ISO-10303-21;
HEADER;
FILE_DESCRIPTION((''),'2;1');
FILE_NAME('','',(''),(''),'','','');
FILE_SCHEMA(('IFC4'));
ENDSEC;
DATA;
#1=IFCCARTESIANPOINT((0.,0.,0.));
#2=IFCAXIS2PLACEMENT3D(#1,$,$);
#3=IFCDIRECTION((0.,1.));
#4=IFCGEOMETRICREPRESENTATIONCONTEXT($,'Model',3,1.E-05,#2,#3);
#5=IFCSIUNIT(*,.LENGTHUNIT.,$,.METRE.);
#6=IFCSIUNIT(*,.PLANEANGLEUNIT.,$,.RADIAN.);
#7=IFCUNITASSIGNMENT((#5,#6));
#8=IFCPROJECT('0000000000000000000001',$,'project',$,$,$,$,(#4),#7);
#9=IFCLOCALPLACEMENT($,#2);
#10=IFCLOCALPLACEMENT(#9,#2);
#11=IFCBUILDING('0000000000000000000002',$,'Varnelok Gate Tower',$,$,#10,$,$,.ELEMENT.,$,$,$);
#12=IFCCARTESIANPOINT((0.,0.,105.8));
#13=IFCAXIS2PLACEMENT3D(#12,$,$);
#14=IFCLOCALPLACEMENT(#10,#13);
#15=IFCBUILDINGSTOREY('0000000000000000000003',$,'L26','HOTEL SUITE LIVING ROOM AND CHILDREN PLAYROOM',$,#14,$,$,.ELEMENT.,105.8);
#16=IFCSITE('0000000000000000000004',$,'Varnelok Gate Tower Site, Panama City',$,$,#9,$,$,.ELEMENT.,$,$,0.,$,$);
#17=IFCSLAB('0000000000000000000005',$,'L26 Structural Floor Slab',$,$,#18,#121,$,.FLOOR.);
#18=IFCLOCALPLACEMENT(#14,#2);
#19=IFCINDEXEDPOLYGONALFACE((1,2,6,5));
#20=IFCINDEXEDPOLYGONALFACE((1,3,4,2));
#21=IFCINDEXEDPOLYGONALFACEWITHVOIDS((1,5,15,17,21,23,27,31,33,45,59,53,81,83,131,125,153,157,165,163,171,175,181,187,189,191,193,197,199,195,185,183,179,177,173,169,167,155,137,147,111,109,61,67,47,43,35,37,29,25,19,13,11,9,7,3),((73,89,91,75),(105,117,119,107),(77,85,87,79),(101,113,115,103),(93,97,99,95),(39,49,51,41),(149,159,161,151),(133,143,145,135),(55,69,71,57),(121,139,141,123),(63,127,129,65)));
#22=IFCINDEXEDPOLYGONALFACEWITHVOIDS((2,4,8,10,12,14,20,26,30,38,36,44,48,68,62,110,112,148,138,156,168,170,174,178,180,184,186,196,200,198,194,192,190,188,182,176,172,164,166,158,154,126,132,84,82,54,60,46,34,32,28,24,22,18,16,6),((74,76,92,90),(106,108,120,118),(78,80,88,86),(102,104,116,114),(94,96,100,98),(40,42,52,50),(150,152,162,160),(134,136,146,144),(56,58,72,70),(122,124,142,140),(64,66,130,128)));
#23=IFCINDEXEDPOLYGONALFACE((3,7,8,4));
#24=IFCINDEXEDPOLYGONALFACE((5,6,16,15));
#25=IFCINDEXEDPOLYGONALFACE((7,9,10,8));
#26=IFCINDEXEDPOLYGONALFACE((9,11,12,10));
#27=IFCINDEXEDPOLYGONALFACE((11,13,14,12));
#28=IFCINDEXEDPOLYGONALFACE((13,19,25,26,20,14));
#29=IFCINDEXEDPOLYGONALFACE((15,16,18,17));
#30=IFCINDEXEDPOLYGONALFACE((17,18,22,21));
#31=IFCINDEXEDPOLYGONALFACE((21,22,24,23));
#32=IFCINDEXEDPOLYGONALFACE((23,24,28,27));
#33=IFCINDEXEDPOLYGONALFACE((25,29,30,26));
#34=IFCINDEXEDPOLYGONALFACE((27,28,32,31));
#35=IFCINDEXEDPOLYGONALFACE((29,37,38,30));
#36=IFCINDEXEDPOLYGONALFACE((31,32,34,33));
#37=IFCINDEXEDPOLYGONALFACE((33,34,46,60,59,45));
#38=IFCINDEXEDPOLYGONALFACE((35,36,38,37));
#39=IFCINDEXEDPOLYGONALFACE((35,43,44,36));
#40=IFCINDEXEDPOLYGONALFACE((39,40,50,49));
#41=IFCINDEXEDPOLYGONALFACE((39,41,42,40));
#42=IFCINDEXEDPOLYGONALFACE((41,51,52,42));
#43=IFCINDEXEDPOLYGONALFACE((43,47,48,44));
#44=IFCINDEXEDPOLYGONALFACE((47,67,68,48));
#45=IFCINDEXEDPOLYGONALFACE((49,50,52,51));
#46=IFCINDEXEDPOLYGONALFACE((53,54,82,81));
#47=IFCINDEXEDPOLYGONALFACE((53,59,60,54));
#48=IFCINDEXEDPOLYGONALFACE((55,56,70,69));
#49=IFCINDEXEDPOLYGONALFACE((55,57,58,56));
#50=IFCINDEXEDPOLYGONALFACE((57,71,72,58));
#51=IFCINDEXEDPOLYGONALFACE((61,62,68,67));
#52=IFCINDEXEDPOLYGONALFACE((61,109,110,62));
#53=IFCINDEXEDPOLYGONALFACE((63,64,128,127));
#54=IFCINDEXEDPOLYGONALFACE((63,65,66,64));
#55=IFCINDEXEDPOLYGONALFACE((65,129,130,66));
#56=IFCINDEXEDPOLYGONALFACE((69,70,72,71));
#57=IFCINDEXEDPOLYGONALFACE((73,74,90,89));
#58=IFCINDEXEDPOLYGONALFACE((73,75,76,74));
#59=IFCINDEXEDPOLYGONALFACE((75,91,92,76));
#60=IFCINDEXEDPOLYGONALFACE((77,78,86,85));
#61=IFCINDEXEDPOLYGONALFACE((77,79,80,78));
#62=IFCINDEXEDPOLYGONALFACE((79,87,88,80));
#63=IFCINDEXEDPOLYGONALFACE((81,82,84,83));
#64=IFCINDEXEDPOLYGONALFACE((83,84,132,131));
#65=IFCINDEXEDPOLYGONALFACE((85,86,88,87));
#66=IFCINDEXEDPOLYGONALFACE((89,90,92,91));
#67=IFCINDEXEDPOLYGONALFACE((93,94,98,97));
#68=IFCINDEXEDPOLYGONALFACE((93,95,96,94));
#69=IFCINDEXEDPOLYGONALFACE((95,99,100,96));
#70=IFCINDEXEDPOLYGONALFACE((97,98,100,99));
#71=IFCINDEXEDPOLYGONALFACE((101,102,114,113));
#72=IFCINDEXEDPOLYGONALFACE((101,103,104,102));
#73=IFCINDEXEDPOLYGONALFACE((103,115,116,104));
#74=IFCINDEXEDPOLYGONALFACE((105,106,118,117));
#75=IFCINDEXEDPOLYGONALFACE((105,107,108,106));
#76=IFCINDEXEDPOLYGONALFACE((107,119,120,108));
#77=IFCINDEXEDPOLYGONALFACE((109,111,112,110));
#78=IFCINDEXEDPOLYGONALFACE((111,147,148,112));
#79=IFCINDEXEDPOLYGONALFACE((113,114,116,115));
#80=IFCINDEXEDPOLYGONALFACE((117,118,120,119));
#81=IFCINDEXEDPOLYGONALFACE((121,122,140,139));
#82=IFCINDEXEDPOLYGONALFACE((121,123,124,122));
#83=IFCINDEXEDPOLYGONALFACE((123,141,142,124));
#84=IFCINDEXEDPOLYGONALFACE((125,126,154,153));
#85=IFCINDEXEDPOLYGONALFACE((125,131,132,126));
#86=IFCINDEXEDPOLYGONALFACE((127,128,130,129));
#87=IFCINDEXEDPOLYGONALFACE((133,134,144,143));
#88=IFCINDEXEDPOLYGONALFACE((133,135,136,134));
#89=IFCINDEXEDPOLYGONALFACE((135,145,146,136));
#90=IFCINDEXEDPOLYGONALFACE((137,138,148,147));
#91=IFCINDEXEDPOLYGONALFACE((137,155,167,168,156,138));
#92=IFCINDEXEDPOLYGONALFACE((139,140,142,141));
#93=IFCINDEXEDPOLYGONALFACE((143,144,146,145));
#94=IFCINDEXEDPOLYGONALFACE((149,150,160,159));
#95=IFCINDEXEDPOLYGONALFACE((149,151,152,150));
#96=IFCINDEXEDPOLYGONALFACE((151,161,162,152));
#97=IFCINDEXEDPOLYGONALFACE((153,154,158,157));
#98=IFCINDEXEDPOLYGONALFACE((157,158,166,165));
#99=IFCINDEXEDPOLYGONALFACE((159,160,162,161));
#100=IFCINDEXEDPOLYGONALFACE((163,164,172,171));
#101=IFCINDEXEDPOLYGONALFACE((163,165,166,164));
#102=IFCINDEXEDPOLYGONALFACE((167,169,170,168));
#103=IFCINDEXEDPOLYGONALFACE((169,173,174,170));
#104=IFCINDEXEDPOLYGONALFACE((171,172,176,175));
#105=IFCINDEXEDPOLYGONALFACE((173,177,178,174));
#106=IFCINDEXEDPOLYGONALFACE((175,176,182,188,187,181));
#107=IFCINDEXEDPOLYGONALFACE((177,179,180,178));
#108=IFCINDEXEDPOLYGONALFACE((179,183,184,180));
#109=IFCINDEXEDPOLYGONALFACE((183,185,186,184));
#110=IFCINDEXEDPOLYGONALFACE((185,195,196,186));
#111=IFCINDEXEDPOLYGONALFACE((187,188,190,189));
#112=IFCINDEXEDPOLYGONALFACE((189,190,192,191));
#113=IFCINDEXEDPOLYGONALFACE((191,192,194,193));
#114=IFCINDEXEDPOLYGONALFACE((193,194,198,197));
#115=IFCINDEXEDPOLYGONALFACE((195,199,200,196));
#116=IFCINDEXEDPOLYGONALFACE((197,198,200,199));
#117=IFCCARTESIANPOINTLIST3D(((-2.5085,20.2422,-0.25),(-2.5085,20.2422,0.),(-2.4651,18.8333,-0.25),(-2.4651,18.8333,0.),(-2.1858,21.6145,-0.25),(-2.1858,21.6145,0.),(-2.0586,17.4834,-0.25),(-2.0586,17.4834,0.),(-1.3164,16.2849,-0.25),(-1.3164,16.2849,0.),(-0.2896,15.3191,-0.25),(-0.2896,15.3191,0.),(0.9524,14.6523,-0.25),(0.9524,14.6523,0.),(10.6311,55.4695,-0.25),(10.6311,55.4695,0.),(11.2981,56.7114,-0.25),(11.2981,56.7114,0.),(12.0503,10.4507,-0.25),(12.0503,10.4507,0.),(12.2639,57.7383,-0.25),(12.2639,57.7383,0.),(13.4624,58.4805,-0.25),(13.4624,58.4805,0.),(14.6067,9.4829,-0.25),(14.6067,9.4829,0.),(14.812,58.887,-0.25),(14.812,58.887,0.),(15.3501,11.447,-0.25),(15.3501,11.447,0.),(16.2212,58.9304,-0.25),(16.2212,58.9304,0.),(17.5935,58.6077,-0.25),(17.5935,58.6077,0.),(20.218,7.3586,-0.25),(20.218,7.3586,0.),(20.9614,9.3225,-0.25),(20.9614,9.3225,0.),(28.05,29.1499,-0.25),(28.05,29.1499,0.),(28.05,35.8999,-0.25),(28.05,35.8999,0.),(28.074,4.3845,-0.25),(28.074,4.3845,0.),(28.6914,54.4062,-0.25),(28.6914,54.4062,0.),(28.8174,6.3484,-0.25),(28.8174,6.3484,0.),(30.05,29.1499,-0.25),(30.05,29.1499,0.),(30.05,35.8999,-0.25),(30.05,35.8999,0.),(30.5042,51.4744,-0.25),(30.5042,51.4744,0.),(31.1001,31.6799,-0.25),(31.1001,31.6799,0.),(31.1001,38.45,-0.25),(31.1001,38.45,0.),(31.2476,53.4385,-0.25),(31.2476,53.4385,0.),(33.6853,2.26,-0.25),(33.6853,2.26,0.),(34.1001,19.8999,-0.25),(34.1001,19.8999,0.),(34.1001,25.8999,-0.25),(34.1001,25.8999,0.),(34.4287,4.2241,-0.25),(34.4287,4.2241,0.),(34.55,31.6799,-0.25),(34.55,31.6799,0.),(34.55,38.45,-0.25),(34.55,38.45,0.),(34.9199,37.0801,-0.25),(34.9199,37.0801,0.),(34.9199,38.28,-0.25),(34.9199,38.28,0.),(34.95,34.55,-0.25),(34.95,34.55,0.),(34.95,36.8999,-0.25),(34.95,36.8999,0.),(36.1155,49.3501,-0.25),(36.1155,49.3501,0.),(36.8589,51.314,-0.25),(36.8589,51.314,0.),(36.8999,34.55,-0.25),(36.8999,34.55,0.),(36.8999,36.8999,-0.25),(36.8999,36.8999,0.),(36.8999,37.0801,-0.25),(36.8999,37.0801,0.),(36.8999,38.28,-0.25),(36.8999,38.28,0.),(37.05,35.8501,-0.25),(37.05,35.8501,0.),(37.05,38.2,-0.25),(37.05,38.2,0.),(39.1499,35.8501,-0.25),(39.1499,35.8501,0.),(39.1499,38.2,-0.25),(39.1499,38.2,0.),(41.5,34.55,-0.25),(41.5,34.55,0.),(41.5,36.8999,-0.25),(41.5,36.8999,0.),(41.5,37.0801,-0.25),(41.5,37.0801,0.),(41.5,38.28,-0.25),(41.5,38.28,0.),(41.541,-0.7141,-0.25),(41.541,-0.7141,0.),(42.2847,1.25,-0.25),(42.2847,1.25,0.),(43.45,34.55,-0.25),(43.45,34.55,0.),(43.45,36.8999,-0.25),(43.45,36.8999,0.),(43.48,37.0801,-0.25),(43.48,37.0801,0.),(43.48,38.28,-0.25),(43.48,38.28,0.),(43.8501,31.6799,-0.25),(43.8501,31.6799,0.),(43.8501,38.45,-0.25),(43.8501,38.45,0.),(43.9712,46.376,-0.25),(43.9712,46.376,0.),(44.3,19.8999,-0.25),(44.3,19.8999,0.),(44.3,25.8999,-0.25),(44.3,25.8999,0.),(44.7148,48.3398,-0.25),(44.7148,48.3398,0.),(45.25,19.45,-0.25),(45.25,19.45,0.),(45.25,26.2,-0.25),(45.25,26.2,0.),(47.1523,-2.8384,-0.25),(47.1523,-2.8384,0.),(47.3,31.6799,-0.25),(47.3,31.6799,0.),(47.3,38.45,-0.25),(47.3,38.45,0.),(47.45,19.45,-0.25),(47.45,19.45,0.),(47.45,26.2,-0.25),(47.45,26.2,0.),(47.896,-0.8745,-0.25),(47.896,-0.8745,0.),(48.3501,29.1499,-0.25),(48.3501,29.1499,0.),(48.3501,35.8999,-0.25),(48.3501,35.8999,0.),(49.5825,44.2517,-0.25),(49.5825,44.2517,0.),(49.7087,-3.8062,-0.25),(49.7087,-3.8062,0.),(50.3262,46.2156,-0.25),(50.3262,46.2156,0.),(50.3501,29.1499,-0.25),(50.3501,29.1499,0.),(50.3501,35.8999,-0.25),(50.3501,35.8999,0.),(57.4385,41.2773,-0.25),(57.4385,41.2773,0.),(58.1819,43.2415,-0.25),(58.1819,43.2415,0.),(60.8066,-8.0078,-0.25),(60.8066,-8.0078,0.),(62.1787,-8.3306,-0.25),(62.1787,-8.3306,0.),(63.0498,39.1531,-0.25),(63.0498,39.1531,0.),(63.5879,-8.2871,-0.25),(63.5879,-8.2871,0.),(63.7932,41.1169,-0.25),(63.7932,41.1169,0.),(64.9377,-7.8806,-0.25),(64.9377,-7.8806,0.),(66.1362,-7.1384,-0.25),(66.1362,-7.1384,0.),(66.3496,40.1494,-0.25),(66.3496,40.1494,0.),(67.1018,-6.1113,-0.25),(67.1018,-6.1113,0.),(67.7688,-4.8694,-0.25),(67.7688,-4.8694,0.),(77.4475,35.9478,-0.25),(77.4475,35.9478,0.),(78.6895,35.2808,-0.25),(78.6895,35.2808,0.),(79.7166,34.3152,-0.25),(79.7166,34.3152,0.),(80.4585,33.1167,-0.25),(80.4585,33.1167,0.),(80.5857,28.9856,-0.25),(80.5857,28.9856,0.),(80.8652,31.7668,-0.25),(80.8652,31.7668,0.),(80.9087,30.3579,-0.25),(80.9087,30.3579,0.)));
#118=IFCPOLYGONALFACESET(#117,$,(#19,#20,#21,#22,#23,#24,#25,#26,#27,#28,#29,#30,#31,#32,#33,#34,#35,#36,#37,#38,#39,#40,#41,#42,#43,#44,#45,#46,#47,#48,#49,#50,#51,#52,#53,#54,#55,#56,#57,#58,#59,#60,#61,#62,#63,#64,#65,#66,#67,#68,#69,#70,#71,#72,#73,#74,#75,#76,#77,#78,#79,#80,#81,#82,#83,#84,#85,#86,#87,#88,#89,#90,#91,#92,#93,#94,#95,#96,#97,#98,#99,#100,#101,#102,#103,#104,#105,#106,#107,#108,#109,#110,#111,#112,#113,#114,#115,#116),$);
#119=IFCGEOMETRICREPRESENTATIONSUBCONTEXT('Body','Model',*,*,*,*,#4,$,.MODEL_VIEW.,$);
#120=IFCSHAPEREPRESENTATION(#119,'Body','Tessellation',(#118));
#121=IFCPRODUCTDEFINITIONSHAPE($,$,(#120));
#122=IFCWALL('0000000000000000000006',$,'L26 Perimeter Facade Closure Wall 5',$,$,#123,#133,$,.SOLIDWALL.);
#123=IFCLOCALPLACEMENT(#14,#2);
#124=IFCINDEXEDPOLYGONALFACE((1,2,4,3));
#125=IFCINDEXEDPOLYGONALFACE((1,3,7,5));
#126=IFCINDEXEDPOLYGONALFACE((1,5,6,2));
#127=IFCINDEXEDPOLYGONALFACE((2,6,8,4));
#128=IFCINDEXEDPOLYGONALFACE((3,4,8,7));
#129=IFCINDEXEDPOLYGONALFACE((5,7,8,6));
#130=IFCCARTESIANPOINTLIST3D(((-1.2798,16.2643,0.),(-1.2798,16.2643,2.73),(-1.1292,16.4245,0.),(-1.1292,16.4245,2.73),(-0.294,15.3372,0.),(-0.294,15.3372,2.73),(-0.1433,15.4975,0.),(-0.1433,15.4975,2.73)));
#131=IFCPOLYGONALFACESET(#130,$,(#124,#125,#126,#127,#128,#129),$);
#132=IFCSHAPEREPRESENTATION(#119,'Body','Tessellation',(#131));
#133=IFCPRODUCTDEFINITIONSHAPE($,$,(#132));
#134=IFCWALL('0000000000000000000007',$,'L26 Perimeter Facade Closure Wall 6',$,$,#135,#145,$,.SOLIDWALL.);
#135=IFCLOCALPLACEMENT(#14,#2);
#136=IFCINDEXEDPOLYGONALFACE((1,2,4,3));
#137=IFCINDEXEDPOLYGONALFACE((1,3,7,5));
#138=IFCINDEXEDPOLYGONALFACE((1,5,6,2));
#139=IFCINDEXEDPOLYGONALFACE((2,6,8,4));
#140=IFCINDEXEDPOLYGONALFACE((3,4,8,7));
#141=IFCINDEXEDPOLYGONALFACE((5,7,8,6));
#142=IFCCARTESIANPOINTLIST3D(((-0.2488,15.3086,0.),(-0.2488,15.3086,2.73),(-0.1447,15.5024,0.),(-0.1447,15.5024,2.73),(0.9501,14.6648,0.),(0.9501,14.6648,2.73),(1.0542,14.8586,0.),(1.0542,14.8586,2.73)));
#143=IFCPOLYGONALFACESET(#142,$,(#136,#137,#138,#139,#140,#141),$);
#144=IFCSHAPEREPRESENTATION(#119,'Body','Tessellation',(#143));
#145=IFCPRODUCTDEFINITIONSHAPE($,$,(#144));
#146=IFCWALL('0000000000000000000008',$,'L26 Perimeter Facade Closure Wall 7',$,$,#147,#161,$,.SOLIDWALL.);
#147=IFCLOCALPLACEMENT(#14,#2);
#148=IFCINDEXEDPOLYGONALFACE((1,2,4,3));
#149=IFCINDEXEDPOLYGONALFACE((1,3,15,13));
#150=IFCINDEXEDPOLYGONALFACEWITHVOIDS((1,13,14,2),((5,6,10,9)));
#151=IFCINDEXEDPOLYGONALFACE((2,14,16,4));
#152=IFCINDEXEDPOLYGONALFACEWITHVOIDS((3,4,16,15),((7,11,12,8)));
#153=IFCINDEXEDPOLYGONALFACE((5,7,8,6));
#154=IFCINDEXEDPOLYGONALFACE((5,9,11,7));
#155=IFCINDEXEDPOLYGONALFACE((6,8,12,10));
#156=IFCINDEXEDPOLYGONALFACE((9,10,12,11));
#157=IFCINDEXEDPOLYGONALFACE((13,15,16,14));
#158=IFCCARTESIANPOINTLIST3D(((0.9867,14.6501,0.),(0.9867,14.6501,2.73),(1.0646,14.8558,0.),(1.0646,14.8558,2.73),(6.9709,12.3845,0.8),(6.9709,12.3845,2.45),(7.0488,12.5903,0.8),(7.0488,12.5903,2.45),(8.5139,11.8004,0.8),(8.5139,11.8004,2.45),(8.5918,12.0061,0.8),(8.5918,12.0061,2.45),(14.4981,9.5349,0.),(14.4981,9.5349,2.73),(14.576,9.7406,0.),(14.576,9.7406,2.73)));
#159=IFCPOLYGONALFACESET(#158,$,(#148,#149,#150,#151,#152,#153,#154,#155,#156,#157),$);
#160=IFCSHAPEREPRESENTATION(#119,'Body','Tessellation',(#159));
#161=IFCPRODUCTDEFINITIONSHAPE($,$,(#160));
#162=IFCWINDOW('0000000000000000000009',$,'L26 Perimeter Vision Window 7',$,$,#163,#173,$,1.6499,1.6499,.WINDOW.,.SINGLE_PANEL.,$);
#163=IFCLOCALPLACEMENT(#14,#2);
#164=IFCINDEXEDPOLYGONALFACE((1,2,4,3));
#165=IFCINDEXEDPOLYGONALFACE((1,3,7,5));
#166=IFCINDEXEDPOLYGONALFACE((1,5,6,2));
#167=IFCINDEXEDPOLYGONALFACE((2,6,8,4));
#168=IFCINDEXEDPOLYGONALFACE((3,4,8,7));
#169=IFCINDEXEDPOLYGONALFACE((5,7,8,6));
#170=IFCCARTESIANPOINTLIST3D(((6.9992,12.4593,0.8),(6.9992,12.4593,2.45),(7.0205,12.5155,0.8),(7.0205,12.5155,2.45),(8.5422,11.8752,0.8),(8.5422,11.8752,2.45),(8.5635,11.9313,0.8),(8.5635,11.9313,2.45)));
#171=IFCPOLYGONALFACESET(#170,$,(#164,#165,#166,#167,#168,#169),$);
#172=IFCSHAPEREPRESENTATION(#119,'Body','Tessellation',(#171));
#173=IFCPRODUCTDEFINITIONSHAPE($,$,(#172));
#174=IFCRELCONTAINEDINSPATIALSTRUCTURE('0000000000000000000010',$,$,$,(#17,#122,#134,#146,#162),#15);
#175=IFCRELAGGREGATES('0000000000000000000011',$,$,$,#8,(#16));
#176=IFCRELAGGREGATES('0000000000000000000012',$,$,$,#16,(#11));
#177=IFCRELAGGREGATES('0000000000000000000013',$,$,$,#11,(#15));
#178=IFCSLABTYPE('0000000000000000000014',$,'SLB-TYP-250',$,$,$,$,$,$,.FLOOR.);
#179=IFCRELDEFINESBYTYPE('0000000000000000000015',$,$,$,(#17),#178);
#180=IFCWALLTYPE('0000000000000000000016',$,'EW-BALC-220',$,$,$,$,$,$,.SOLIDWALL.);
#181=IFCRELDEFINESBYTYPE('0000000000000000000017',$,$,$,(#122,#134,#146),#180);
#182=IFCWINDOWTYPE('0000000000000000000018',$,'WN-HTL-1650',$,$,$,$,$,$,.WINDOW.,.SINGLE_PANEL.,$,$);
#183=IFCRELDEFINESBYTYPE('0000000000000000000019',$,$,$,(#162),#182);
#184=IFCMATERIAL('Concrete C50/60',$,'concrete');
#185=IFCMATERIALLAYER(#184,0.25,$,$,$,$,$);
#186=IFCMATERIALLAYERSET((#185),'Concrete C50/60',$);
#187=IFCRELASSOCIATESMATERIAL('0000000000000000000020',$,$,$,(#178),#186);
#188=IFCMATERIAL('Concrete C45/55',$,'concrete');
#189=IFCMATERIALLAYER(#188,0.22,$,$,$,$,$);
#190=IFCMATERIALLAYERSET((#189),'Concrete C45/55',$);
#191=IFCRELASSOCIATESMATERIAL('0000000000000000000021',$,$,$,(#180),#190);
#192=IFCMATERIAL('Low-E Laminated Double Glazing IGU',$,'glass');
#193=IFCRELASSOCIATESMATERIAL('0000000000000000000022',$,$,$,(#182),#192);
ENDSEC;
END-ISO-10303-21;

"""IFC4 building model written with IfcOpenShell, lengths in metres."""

from ifc_helpers import new_model, si_unit, direction, frame, frame_2d, origin, place, context, subcontext, project, spatial, polyline, rectangle, outline, extrude, material, layer, layer_set, type_object, element, fill, save


model = new_model("IFC4")

# Units and contexts
model_context = context("Model", 3, precision=1e-05, world=origin(), true_north=direction((0.0, 1.0)))
body_context = subcontext(model_context, "Body", "Model", "MODEL_VIEW")
ifc_project = project(units=[si_unit("LENGTHUNIT", "METRE"), si_unit("PLANEANGLEUNIT", "RADIAN")], contexts=[model_context])

# Site, building, storey
site_placement = place(None, origin())
site = spatial("IfcSite", under=ifc_project, at=site_placement, Name="Varnelok Gate Tower Site, Panama City", CompositionType="ELEMENT", RefElevation=0.0)
building_placement = place(site_placement, origin())
building = spatial("IfcBuilding", under=site, at=building_placement, Name="Varnelok Gate Tower", CompositionType="ELEMENT")
storey_placement = place(building_placement, frame((0.0, 0.0, 105.8)))
storey = spatial("IfcBuildingStorey", under=building, at=storey_placement, Name="L26", Description="HOTEL SUITE LIVING ROOM AND CHILDREN PLAYROOM", CompositionType="ELEMENT", Elevation=105.8)

# Shared definitions
ifc_material_1 = material(Name="Concrete C45/55", Category="concrete")

# Shared definitions
ifc_material_2 = material(Name="Concrete C50/60", Category="concrete")

# Slab
ifc_layer_1 = layer(ifc_material_2, 0.25)
ifc_layer_set_1 = layer_set([ifc_layer_1], Name="Concrete C50/60")
slab_type_1 = type_object("IfcSlabType", Name="SLB-TYP-250", PredefinedType="FLOOR", material=ifc_layer_set_1)
slab_1_placement = place(storey_placement, frame((0.0, 0.0, -0.25)))
element("IfcSlab", 1, at=slab_1_placement, inside=storey, type_object=slab_type_1, Name="L26 Structural Floor Slab", PredefinedType="FLOOR", context=body_context, shape_type="SweptSolid", body=[
    extrude(outline(polyline([(-2.1858, 21.6145), (-2.5085, 20.2422), (-2.4651, 18.8333), (-2.0586, 17.4834), (-1.3164, 16.2849), (-0.2896, 15.3191), (0.9524, 14.6523), (12.0503, 10.4507), (14.6067, 9.4829), (15.3501, 11.447), (20.9614, 9.3225), (20.218, 7.3586), (28.074, 4.3845), (28.8174, 6.3484), (34.4287, 4.2241), (33.6853, 2.26), (41.541, -0.7141), (42.2847, 1.25), (47.896, -0.8745), (47.1523, -2.8384), (49.7087, -3.8062), (60.8066, -8.0078), (62.1787, -8.3306), (63.5879, -8.2871), (64.9377, -7.8806), (66.1362, -7.1384), (67.1018, -6.1113), (67.7688, -4.8694), (80.5857, 28.9856), (80.9087, 30.3579), (80.8652, 31.7668), (80.4585, 33.1167), (79.7166, 34.3152), (78.6895, 35.2808), (77.4475, 35.9478), (66.3496, 40.1494), (63.7932, 41.1169), (63.0498, 39.1531), (57.4385, 41.2773), (58.1819, 43.2415), (50.3262, 46.2156), (49.5825, 44.2517), (43.9712, 46.376), (44.7148, 48.3398), (36.8589, 51.314), (36.1155, 49.3501), (30.5042, 51.4744), (31.2476, 53.4385), (28.6914, 54.4062), (17.5935, 58.6077), (16.2212, 58.9304), (14.812, 58.887), (13.4624, 58.4805), (12.2639, 57.7383), (11.2981, 56.7114), (10.6311, 55.4695), (-2.1858, 21.6145)]), holes=[polyline([(34.55, 31.6799), (34.55, 38.45), (31.1001, 38.45), (31.1001, 31.6799), (34.55, 31.6799)]), polyline([(47.3, 31.6799), (47.3, 38.45), (43.8501, 38.45), (43.8501, 31.6799), (47.3, 31.6799)]), polyline([(34.95, 34.55), (36.8999, 34.55), (36.8999, 36.8999), (34.95, 36.8999), (34.95, 34.55)]), polyline([(41.5, 34.55), (43.45, 34.55), (43.45, 36.8999), (41.5, 36.8999), (41.5, 34.55)]), polyline([(37.05, 35.8501), (39.1499, 35.8501), (39.1499, 38.2), (37.05, 38.2), (37.05, 35.8501)]), polyline([(28.05, 29.1499), (30.05, 29.1499), (30.05, 35.8999), (28.05, 35.8999), (28.05, 29.1499)]), polyline([(48.3501, 29.1499), (50.3501, 29.1499), (50.3501, 35.8999), (48.3501, 35.8999), (48.3501, 29.1499)]), polyline([(45.25, 19.45), (47.45, 19.45), (47.45, 26.2), (45.25, 26.2), (45.25, 19.45)]), polyline([(34.9199, 37.0801), (36.8999, 37.0801), (36.8999, 38.28), (34.9199, 38.28), (34.9199, 37.0801)]), polyline([(41.5, 37.0801), (43.48, 37.0801), (43.48, 38.28), (41.5, 38.28), (41.5, 37.0801)]), polyline([(34.1001, 19.8999), (44.3, 19.8999), (44.3, 25.8999), (34.1001, 25.8999), (34.1001, 19.8999)])]), origin(), (0.0, 0.0, 1.0), 0.25),
])

# Walls
ifc_layer_2 = layer(ifc_material_1, 0.22)
ifc_layer_set_2 = layer_set([ifc_layer_2], Name="Concrete C45/55")
wall_type_1 = type_object("IfcWallType", Name="EW-BALC-220", PredefinedType="SOLIDWALL", material=ifc_layer_set_2)
wall_1_placement = place(storey_placement, frame((-1.2046, 16.3445, 0.0), z_axis=(0.0, 0.0, 1.0), x_axis=(0.728512, -0.685033, 0.0)))
element("IfcWall", 2, at=wall_1_placement, inside=storey, type_object=wall_type_1, Name="L26 Perimeter Facade Closure Wall 5", PredefinedType="SOLIDWALL", context=body_context, shape_type="SweptSolid", body=[
    extrude(rectangle(XDim=1.3533, YDim=0.22, at=frame_2d((0.6768, 0.0))), origin(), (0.0, 0.0, 1.0), 2.73),
])
wall_2_placement = place(storey_placement, frame((-0.1968, 15.4055, 0.0), z_axis=(0.0, 0.0, 1.0), x_axis=(0.881024, -0.473072, 0.0)))
element("IfcWall", 3, at=wall_2_placement, inside=storey, type_object=wall_type_1, Name="L26 Perimeter Facade Closure Wall 6", PredefinedType="SOLIDWALL", context=body_context, shape_type="SweptSolid", body=[
    extrude(rectangle(XDim=1.3608, YDim=0.22, at=frame_2d((0.6804, 0.0))), origin(), (0.0, 0.0, 1.0), 2.73),
])

# Wall, opening, window
wall_3_placement = place(storey_placement, frame((1.0256, 14.7529, 0.0), z_axis=(0.0, 0.0, 1.0), x_axis=(0.935222, -0.354061, 0.0)))
wall_3 = element("IfcWall", 4, at=wall_3_placement, inside=storey, type_object=wall_type_1, Name="L26 Perimeter Facade Closure Wall 7", PredefinedType="SOLIDWALL", context=body_context, shape_type="SweptSolid", body=[
    extrude(rectangle(XDim=14.4473, YDim=0.22, at=frame_2d((7.2236, 0.0))), origin(), (0.0, 0.0, 1.0), 2.73),
])
opening_1_placement = place(wall_3_placement, frame((6.3987, 0.0, 0.8)))
opening_1 = element("IfcOpeningElement", 5, at=opening_1_placement, cuts=wall_3, PredefinedType="OPENING", context=body_context, shape_type="SweptSolid", body=[
    extrude(rectangle(XDim=1.6499, YDim=1.6499, at=frame_2d((0.825, 0.825))), frame((0.0, 0.1199, 0.0), z_axis=(0.0, -1.0, 0.0), x_axis=(1.0, 0.0, 0.0)), (0.0, 0.0, 1.0), 0.24),
])
ifc_material_3 = material(Name="Low-E Laminated Double Glazing IGU", Category="glass")
window_type = type_object("IfcWindowType", Name="WN-HTL-1650", PartitioningType="SINGLE_PANEL", PredefinedType="WINDOW", material=ifc_material_3)
window_1_placement = place(opening_1_placement, origin())
window_1 = element("IfcWindow", 6, at=window_1_placement, inside=storey, type_object=window_type, Name="L26 Perimeter Vision Window 7", OverallHeight=1.6499, OverallWidth=1.6499, PartitioningType="SINGLE_PANEL", PredefinedType="WINDOW", context=body_context, shape_type="SweptSolid", body=[
    extrude(rectangle(XDim=1.6499, YDim=1.6499, at=frame_2d((0.825, 0.825))), frame((0.0, 0.03, 0.0), z_axis=(0.0, -1.0, 0.0), x_axis=(1.0, 0.0, 0.0)), (0.0, 0.0, 1.0), 0.0601),
])
fill(opening_1, window_1)

save(model, "model.ifc")
